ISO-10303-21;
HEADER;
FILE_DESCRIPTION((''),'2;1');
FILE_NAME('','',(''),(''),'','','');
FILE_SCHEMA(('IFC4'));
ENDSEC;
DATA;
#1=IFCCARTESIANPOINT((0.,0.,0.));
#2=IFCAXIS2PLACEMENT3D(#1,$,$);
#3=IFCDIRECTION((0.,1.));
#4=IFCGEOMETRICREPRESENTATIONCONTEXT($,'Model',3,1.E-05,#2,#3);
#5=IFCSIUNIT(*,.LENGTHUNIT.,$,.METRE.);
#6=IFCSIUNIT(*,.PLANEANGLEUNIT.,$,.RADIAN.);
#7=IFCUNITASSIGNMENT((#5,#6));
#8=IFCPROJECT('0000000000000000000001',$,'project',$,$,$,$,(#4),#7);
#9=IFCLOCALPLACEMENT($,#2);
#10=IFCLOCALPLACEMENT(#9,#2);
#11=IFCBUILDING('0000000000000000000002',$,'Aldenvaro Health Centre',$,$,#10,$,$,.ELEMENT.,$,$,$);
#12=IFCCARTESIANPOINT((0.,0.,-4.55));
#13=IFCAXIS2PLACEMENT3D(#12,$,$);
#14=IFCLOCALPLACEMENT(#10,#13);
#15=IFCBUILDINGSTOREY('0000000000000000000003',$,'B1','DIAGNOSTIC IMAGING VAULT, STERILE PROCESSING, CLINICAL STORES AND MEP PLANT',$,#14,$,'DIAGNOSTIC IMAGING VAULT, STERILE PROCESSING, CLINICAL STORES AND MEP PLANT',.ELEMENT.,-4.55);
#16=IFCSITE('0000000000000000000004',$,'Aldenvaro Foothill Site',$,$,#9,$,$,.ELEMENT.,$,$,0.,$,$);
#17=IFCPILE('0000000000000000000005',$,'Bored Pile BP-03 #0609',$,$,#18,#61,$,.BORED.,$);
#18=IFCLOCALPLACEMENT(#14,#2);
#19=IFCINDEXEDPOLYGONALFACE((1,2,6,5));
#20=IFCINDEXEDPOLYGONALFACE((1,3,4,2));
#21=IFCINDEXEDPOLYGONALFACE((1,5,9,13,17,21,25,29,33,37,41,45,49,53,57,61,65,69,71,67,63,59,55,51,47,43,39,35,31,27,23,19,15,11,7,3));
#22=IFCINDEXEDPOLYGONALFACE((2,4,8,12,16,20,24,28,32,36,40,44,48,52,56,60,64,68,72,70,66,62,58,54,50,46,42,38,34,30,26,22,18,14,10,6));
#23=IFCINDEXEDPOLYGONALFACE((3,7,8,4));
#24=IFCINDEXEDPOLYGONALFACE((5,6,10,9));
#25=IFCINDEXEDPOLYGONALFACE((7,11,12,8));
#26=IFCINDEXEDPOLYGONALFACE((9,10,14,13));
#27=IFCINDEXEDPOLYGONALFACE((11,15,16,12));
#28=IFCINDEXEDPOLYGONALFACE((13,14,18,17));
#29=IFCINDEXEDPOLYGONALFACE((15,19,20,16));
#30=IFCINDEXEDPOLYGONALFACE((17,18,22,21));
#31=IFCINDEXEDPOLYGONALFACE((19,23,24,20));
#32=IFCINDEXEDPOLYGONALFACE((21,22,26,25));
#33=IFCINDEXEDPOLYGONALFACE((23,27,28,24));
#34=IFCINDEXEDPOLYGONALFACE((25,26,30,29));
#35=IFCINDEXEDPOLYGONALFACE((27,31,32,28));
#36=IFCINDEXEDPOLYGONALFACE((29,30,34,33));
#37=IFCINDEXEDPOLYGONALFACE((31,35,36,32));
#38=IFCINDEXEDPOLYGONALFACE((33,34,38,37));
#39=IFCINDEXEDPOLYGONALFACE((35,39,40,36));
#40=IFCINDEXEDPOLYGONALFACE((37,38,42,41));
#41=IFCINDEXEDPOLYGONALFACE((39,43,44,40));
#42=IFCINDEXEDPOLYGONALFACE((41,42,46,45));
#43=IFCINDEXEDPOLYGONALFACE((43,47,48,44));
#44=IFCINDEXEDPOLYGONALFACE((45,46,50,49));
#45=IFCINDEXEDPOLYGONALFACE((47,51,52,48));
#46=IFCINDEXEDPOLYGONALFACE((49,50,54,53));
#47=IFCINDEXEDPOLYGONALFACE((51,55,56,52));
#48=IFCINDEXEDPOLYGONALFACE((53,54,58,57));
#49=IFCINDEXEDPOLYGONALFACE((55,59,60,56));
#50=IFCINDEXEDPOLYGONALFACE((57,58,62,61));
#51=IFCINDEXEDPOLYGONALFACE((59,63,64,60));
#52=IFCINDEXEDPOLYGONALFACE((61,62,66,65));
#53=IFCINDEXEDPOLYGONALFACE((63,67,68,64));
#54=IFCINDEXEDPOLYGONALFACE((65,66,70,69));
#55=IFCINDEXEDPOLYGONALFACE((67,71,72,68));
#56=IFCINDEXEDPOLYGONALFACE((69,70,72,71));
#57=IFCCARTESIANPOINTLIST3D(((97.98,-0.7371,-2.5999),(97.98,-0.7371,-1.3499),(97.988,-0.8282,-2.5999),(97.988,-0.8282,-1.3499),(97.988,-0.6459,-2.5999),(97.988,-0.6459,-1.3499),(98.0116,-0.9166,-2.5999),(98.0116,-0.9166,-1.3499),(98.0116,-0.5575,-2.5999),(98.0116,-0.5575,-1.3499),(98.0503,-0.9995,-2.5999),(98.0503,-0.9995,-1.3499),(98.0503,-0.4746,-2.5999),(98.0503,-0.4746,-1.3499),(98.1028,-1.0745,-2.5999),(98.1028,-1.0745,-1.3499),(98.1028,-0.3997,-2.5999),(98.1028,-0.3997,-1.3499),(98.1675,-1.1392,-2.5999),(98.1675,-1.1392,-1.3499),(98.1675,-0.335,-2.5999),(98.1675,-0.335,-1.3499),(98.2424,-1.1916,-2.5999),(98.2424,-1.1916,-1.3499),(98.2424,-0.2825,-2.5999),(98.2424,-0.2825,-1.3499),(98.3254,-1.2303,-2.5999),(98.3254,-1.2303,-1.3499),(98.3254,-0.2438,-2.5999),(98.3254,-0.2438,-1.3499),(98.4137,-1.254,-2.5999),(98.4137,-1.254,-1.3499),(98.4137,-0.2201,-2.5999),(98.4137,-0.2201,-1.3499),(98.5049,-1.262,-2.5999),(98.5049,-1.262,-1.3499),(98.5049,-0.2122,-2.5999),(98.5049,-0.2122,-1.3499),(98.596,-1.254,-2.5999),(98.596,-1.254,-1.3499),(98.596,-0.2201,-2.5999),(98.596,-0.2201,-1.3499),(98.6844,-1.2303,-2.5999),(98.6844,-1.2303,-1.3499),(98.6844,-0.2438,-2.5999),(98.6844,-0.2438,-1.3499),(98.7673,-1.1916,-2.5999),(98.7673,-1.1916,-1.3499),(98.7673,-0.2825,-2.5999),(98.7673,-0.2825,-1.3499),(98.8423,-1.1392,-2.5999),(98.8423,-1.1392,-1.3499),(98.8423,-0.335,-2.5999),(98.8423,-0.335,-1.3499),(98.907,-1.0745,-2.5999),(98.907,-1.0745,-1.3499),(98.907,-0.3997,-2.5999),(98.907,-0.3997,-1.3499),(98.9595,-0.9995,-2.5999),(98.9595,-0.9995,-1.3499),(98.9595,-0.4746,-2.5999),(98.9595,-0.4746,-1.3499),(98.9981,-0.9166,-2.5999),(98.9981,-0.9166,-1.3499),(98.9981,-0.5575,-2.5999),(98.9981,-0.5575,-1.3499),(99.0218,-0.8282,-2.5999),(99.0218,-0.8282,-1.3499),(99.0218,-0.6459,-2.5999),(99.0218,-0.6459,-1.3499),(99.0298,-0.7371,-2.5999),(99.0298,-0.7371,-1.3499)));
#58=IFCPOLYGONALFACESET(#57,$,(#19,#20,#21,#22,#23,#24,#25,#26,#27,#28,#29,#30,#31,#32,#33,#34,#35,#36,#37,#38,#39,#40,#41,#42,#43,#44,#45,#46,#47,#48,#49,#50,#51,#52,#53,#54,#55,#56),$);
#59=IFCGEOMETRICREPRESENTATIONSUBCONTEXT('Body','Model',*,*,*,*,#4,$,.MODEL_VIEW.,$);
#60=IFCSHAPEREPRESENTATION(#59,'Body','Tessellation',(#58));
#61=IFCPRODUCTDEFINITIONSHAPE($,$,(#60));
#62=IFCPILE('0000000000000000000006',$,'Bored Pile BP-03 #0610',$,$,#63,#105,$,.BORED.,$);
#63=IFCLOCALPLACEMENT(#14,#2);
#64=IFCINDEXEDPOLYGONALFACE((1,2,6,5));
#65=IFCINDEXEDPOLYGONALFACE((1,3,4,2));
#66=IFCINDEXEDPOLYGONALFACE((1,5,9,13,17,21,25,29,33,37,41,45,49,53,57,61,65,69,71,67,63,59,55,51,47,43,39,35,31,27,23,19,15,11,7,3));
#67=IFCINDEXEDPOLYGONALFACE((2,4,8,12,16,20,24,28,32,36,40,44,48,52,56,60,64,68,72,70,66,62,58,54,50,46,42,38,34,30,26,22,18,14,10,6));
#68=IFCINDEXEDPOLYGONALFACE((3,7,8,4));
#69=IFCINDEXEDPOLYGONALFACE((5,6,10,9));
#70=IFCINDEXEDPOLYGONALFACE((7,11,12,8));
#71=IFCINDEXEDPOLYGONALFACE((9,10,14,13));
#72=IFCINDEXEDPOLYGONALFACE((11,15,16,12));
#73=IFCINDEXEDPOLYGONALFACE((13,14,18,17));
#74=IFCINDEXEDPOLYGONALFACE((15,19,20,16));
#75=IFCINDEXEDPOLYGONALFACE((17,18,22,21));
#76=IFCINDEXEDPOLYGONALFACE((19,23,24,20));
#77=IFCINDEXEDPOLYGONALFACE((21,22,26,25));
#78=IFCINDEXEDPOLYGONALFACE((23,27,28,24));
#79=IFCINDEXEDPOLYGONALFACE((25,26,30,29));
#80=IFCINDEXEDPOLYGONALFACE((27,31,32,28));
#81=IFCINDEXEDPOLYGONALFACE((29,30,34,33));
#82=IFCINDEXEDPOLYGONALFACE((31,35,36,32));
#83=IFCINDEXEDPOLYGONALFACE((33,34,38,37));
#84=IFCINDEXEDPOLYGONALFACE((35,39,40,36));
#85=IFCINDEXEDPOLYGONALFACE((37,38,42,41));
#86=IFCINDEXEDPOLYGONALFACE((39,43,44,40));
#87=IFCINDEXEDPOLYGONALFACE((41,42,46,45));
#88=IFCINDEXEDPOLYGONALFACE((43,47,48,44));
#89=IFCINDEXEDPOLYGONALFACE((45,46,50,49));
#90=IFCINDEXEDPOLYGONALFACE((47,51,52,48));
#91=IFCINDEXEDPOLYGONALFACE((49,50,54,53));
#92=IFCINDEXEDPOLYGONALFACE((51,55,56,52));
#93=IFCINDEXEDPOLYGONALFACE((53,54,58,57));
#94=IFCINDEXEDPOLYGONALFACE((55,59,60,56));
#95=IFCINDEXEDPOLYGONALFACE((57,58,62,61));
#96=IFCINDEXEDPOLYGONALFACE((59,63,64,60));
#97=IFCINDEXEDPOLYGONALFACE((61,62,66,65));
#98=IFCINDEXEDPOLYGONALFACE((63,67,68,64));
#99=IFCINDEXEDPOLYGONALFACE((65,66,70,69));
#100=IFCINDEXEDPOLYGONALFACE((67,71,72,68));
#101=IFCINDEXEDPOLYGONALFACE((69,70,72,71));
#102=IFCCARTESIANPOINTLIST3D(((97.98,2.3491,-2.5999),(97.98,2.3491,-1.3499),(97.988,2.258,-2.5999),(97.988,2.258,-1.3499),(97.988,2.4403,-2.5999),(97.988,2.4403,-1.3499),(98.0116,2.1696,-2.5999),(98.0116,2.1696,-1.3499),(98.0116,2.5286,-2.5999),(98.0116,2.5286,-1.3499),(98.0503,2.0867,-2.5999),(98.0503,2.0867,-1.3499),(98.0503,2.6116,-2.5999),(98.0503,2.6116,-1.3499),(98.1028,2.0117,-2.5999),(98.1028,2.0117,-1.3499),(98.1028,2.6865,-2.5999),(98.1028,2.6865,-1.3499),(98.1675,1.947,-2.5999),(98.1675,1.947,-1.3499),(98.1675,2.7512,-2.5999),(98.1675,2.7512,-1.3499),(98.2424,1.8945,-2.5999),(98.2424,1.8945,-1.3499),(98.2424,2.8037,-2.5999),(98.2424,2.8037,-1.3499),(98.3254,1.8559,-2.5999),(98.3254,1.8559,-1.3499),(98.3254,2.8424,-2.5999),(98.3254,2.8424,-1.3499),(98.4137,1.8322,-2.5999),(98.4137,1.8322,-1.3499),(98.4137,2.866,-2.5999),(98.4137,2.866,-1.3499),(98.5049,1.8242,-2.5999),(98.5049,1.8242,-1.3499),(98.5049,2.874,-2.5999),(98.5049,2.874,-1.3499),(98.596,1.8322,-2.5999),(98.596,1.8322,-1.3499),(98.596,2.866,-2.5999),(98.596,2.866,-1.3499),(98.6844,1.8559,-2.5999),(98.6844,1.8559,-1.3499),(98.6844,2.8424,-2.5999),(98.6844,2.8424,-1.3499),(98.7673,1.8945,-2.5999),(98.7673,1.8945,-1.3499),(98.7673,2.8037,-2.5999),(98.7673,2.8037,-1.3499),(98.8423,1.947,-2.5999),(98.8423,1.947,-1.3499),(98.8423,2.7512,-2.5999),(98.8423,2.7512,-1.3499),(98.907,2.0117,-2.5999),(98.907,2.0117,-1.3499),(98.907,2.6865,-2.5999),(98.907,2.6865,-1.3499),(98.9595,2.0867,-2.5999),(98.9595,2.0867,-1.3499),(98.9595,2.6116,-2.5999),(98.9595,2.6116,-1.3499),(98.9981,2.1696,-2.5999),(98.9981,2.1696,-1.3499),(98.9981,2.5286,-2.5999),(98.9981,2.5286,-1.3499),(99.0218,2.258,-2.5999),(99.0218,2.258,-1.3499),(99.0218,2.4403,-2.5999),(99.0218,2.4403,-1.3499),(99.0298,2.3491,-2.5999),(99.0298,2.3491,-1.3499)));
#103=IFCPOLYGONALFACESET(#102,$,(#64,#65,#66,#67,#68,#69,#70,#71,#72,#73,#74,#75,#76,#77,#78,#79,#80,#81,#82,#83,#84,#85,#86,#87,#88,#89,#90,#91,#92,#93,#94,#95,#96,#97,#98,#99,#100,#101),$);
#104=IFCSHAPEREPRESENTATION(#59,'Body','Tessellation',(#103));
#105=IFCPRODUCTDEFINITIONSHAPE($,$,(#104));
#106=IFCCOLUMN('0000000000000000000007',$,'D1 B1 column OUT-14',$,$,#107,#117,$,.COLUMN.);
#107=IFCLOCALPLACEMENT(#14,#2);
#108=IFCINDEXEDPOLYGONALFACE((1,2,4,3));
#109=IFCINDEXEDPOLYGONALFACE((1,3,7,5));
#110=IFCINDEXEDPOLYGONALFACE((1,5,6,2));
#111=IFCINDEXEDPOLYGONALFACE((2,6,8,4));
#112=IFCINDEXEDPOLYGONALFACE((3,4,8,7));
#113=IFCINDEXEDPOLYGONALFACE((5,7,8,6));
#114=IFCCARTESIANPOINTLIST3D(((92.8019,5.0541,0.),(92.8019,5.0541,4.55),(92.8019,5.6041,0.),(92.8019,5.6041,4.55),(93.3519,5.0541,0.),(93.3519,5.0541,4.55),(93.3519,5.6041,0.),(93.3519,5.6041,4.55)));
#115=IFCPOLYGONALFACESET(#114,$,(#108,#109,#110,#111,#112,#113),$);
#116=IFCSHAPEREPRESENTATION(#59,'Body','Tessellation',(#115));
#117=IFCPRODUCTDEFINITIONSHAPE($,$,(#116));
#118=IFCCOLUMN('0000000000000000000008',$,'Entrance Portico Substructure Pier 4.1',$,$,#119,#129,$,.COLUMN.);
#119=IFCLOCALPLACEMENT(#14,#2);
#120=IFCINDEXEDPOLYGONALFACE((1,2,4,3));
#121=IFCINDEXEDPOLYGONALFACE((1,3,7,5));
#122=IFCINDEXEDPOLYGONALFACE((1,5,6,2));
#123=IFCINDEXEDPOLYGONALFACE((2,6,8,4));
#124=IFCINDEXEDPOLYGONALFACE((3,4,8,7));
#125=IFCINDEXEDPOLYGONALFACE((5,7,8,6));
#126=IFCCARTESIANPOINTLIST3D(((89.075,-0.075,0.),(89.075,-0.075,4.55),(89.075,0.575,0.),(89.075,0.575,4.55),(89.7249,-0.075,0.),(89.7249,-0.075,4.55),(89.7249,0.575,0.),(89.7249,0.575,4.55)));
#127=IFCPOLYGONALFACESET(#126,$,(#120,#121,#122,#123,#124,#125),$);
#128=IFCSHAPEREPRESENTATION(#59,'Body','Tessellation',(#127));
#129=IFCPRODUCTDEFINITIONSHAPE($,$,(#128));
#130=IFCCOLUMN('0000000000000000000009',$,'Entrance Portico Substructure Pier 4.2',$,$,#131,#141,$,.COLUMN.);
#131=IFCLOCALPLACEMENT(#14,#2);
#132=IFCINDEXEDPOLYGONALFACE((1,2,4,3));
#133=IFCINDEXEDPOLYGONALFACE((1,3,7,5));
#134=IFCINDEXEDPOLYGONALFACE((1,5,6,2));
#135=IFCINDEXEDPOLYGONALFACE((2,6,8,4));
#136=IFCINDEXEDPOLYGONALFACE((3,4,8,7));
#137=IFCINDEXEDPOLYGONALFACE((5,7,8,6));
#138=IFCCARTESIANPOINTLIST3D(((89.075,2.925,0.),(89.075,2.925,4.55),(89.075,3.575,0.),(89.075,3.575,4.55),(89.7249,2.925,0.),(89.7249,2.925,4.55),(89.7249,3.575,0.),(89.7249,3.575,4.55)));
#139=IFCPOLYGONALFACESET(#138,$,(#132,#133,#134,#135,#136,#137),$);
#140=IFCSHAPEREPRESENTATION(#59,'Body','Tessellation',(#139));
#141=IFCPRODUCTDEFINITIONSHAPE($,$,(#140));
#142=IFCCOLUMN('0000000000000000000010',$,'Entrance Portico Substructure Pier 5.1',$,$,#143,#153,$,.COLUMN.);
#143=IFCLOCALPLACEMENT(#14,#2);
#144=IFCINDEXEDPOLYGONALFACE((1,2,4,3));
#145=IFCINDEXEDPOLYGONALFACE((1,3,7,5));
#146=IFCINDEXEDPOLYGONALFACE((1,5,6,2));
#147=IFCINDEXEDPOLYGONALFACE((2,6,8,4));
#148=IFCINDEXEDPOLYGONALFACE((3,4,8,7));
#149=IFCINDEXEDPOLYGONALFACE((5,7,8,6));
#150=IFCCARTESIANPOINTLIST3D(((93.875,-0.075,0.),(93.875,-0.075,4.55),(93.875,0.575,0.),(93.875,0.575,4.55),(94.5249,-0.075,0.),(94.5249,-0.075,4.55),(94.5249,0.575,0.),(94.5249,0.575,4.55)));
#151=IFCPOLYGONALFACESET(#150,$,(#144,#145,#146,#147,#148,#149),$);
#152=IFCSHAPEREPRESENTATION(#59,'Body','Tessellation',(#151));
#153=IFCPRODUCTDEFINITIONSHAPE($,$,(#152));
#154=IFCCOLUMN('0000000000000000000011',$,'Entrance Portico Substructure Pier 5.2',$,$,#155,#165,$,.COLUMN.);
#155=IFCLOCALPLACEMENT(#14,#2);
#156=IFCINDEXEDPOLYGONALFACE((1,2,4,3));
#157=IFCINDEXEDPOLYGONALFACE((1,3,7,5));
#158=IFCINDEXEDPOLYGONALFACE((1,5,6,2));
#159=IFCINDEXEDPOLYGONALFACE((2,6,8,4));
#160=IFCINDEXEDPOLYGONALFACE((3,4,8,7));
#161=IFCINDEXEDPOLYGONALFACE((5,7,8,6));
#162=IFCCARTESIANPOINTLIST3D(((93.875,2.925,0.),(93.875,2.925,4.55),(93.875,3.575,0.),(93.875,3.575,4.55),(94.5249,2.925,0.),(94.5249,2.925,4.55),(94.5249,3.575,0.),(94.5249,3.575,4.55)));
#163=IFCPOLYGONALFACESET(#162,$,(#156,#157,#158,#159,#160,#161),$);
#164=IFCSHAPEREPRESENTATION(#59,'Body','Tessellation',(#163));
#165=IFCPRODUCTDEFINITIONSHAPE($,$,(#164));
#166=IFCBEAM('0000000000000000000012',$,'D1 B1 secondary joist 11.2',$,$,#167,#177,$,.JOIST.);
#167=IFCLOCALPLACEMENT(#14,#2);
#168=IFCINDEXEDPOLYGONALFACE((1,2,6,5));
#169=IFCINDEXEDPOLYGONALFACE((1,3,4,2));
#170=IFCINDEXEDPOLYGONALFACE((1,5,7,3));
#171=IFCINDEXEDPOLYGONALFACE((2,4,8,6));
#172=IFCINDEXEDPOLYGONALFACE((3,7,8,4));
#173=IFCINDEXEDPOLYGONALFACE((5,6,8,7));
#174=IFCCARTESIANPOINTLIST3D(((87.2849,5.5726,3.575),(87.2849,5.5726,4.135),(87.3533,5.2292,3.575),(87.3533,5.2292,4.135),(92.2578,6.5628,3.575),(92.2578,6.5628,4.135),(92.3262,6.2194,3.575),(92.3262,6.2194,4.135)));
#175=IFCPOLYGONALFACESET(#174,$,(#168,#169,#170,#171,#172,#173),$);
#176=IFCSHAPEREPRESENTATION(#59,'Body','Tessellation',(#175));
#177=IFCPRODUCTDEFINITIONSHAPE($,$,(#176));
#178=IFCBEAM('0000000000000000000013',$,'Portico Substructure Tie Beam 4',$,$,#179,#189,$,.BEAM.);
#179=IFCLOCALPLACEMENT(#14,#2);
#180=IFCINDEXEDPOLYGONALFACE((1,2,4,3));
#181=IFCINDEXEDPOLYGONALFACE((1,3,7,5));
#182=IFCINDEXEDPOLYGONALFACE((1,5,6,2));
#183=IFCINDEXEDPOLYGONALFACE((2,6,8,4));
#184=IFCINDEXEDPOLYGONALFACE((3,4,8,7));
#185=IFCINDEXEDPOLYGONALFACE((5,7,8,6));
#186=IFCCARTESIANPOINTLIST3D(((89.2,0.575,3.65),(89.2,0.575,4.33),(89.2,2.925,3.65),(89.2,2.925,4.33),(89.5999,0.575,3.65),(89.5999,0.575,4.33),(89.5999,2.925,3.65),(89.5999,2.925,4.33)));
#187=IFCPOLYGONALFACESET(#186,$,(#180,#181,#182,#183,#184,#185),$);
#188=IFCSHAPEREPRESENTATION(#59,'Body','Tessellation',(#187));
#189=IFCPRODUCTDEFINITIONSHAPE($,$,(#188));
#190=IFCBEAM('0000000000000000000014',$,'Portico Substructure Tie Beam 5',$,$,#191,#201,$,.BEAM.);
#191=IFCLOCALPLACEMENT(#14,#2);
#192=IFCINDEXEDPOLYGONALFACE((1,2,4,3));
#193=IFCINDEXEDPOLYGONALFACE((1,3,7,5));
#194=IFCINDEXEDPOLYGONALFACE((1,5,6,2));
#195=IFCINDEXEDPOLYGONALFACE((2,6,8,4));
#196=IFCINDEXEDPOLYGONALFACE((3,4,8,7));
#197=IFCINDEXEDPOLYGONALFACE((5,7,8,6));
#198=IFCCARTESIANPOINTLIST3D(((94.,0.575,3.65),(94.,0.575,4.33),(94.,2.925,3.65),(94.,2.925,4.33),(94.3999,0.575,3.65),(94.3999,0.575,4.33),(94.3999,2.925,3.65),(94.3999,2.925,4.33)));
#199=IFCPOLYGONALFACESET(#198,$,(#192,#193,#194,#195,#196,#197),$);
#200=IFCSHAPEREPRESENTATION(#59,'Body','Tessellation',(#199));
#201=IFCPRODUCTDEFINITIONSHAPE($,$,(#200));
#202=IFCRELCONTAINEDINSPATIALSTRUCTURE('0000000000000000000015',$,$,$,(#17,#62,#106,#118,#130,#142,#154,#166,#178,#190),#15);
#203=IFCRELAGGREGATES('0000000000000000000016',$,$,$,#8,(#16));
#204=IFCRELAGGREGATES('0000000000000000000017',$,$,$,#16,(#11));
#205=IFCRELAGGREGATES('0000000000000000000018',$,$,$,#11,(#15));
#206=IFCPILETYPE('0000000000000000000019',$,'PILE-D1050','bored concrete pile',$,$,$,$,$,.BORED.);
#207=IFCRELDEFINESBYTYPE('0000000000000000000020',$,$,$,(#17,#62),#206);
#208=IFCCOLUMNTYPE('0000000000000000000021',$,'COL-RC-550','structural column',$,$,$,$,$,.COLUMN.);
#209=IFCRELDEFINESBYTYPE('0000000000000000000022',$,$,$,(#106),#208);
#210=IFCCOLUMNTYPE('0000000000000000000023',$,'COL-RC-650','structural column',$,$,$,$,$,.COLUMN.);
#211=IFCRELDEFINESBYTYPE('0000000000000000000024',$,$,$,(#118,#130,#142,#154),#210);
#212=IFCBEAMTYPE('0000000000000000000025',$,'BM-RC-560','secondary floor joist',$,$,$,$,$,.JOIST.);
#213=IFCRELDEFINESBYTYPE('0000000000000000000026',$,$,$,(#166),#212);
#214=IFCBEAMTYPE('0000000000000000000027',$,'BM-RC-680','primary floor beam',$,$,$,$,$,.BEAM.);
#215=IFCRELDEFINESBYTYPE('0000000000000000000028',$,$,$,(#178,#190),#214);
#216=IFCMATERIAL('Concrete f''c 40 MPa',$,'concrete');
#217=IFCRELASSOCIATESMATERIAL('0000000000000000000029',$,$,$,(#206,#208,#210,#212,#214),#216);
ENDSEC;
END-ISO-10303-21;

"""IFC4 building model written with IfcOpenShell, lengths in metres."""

from ifc_helpers import new_model, si_unit, direction, frame, origin, origin_2d, place, context, subcontext, project, spatial, rectangle, circle, extrude, material, material_profile, profile_set, type_object, element, save


model = new_model("IFC4")

# Units and contexts
model_context = context("Model", 3, precision=1e-05, world=origin(), true_north=direction((0.0, 1.0)))
body_context = subcontext(model_context, "Body", "Model", "MODEL_VIEW")
ifc_project = project(units=[si_unit("LENGTHUNIT", "METRE"), si_unit("PLANEANGLEUNIT", "RADIAN")], contexts=[model_context])

# Site, building, storey
site_placement = place(None, origin())
site = spatial("IfcSite", under=ifc_project, at=site_placement, Name="Aldenvaro Foothill Site", CompositionType="ELEMENT", RefElevation=0.0)
building_placement = place(site_placement, origin())
building = spatial("IfcBuilding", under=site, at=building_placement, Name="Aldenvaro Health Centre", CompositionType="ELEMENT")
storey_placement = place(building_placement, frame((0.0, 0.0, -4.55)))
storey = spatial("IfcBuildingStorey", under=building, at=storey_placement, Name="B1", Description="DIAGNOSTIC IMAGING VAULT, STERILE PROCESSING, CLINICAL STORES AND MEP PLANT", LongName="DIAGNOSTIC IMAGING VAULT, STERILE PROCESSING, CLINICAL STORES AND MEP PLANT", CompositionType="ELEMENT", Elevation=-4.55)

# Piles
ifc_material_1 = material(Name="Concrete f'c 40 MPa", Category="concrete")
ifc_material_profile_1 = material_profile(ifc_material_1, circle(Radius=0.5249, at=origin_2d()), Name="PILE D1050", Category="concrete")
ifc_profile_set_1 = profile_set([ifc_material_profile_1], Name="Concrete f'c 40 MPa")
pile_type = type_object("IfcPileType", Name="PILE-D1050", Description="bored concrete pile", PredefinedType="BORED", material=ifc_profile_set_1)
for number, where, z_axis, x_axis, name in (
    (1, (98.5049, -0.7371, -1.3499), (0.0, 0.0, -1.0), (1.0, 0.0, 0.0), "Bored Pile BP-03 #0609"),
    (2, (98.5049, 2.3491, -1.3499), (0.0, 0.0, -1.0), (1.0, 0.0, 0.0), "Bored Pile BP-03 #0610"),
):
    element("IfcPile", number, at=place(storey_placement, frame(where, z_axis=z_axis, x_axis=x_axis)), inside=storey, type_object=pile_type, Name=name, PredefinedType="BORED", context=body_context, shape_type="SweptSolid", body=[
        extrude(circle(Radius=0.5249, at=origin_2d()), origin(), (0.0, 0.0, 1.0), 1.25),
    ])

# Columns
ifc_material_profile_2 = material_profile(ifc_material_1, rectangle(XDim=0.55, YDim=0.55, at=origin_2d()), Name="RC 550x550", Category="concrete")
ifc_profile_set_2 = profile_set([ifc_material_profile_2], Name="Concrete f'c 40 MPa")
column_type_1 = type_object("IfcColumnType", Name="COL-RC-550", Description="structural column", PredefinedType="COLUMN", material=ifc_profile_set_2)
column_placement = place(storey_placement, frame((93.0769, 5.3291, 0.0), z_axis=(0.0, 0.0, 1.0), x_axis=(1.0, 0.0, 0.0)))
element("IfcColumn", 3, at=column_placement, inside=storey, type_object=column_type_1, Name="D1 B1 column OUT-14", PredefinedType="COLUMN", context=body_context, shape_type="SweptSolid", body=[
    extrude(rectangle(XDim=0.55, YDim=0.55, at=origin_2d()), origin(), (0.0, 0.0, 1.0), 4.55),
])
ifc_material_profile_3 = material_profile(ifc_material_1, rectangle(XDim=0.6499, YDim=0.6499, at=origin_2d()), Name="RC 650x650", Category="concrete")
ifc_profile_set_3 = profile_set([ifc_material_profile_3], Name="Concrete f'c 40 MPa")
column_type_2 = type_object("IfcColumnType", Name="COL-RC-650", Description="structural column", PredefinedType="COLUMN", material=ifc_profile_set_3)
for number, where, z_axis, x_axis, name in (
    (4, (89.3999, 0.25, 0.0), (0.0, 0.0, 1.0), (1.0, 0.0, 0.0), "Entrance Portico Substructure Pier 4.1"),
    (5, (89.3999, 3.25, 0.0), (0.0, 0.0, 1.0), (1.0, 0.0, 0.0), "Entrance Portico Substructure Pier 4.2"),
    (6, (94.2, 0.25, 0.0), (0.0, 0.0, 1.0), (1.0, 0.0, 0.0), "Entrance Portico Substructure Pier 5.1"),
    (7, (94.2, 3.25, 0.0), (0.0, 0.0, 1.0), (1.0, 0.0, 0.0), "Entrance Portico Substructure Pier 5.2"),
):
    element("IfcColumn", number, at=place(storey_placement, frame(where, z_axis=z_axis, x_axis=x_axis)), inside=storey, type_object=column_type_2, Name=name, PredefinedType="COLUMN", context=body_context, shape_type="SweptSolid", body=[
        extrude(rectangle(XDim=0.6499, YDim=0.6499, at=origin_2d()), origin(), (0.0, 0.0, 1.0), 4.55),
    ])

# Beams
ifc_material_profile_4 = material_profile(ifc_material_1, rectangle(XDim=0.3501, YDim=0.5601, at=origin_2d()), Name="RC 350x560", Category="concrete")
ifc_profile_set_4 = profile_set([ifc_material_profile_4], Name="Concrete f'c 40 MPa")
beam_type_1 = type_object("IfcBeamType", Name="BM-RC-560", Description="secondary floor joist", PredefinedType="JOIST", material=ifc_profile_set_4)
beam_1_placement = place(storey_placement, frame((87.3191, 5.4009, 3.855), z_axis=(0.980745, 0.195292, 0.0), x_axis=(-0.195292, 0.980745, 0.0)))
element("IfcBeam", 8, at=beam_1_placement, inside=storey, type_object=beam_type_1, Name="D1 B1 secondary joist 11.2", PredefinedType="JOIST", context=body_context, shape_type="SweptSolid", body=[
    extrude(rectangle(XDim=0.3501, YDim=0.5601, at=origin_2d()), origin(), (0.0, 0.0, 1.0), 5.0706),
])
ifc_material_profile_5 = material_profile(ifc_material_1, rectangle(XDim=0.3999, YDim=0.6799, at=origin_2d()), Name="RC 400x680", Category="concrete")
ifc_profile_set_5 = profile_set([ifc_material_profile_5], Name="Concrete f'c 40 MPa")
beam_type_2 = type_object("IfcBeamType", Name="BM-RC-680", Description="primary floor beam", PredefinedType="BEAM", material=ifc_profile_set_5)
for number, where, z_axis, x_axis, name in (
    (9, (89.3999, 0.575, 3.99), (0.0, 1.0, 0.0), (-1.0, 0.0, 0.0), "Portico Substructure Tie Beam 4"),
    (10, (94.2, 0.575, 3.99), (0.0, 1.0, 0.0), (-1.0, 0.0, 0.0), "Portico Substructure Tie Beam 5"),
):
    element("IfcBeam", number, at=place(storey_placement, frame(where, z_axis=z_axis, x_axis=x_axis)), inside=storey, type_object=beam_type_2, Name=name, PredefinedType="BEAM", context=body_context, shape_type="SweptSolid", body=[
        extrude(rectangle(XDim=0.3999, YDim=0.6799, at=origin_2d()), origin(), (0.0, 0.0, 1.0), 2.3501),
    ])

save(model, "model.ifc")
